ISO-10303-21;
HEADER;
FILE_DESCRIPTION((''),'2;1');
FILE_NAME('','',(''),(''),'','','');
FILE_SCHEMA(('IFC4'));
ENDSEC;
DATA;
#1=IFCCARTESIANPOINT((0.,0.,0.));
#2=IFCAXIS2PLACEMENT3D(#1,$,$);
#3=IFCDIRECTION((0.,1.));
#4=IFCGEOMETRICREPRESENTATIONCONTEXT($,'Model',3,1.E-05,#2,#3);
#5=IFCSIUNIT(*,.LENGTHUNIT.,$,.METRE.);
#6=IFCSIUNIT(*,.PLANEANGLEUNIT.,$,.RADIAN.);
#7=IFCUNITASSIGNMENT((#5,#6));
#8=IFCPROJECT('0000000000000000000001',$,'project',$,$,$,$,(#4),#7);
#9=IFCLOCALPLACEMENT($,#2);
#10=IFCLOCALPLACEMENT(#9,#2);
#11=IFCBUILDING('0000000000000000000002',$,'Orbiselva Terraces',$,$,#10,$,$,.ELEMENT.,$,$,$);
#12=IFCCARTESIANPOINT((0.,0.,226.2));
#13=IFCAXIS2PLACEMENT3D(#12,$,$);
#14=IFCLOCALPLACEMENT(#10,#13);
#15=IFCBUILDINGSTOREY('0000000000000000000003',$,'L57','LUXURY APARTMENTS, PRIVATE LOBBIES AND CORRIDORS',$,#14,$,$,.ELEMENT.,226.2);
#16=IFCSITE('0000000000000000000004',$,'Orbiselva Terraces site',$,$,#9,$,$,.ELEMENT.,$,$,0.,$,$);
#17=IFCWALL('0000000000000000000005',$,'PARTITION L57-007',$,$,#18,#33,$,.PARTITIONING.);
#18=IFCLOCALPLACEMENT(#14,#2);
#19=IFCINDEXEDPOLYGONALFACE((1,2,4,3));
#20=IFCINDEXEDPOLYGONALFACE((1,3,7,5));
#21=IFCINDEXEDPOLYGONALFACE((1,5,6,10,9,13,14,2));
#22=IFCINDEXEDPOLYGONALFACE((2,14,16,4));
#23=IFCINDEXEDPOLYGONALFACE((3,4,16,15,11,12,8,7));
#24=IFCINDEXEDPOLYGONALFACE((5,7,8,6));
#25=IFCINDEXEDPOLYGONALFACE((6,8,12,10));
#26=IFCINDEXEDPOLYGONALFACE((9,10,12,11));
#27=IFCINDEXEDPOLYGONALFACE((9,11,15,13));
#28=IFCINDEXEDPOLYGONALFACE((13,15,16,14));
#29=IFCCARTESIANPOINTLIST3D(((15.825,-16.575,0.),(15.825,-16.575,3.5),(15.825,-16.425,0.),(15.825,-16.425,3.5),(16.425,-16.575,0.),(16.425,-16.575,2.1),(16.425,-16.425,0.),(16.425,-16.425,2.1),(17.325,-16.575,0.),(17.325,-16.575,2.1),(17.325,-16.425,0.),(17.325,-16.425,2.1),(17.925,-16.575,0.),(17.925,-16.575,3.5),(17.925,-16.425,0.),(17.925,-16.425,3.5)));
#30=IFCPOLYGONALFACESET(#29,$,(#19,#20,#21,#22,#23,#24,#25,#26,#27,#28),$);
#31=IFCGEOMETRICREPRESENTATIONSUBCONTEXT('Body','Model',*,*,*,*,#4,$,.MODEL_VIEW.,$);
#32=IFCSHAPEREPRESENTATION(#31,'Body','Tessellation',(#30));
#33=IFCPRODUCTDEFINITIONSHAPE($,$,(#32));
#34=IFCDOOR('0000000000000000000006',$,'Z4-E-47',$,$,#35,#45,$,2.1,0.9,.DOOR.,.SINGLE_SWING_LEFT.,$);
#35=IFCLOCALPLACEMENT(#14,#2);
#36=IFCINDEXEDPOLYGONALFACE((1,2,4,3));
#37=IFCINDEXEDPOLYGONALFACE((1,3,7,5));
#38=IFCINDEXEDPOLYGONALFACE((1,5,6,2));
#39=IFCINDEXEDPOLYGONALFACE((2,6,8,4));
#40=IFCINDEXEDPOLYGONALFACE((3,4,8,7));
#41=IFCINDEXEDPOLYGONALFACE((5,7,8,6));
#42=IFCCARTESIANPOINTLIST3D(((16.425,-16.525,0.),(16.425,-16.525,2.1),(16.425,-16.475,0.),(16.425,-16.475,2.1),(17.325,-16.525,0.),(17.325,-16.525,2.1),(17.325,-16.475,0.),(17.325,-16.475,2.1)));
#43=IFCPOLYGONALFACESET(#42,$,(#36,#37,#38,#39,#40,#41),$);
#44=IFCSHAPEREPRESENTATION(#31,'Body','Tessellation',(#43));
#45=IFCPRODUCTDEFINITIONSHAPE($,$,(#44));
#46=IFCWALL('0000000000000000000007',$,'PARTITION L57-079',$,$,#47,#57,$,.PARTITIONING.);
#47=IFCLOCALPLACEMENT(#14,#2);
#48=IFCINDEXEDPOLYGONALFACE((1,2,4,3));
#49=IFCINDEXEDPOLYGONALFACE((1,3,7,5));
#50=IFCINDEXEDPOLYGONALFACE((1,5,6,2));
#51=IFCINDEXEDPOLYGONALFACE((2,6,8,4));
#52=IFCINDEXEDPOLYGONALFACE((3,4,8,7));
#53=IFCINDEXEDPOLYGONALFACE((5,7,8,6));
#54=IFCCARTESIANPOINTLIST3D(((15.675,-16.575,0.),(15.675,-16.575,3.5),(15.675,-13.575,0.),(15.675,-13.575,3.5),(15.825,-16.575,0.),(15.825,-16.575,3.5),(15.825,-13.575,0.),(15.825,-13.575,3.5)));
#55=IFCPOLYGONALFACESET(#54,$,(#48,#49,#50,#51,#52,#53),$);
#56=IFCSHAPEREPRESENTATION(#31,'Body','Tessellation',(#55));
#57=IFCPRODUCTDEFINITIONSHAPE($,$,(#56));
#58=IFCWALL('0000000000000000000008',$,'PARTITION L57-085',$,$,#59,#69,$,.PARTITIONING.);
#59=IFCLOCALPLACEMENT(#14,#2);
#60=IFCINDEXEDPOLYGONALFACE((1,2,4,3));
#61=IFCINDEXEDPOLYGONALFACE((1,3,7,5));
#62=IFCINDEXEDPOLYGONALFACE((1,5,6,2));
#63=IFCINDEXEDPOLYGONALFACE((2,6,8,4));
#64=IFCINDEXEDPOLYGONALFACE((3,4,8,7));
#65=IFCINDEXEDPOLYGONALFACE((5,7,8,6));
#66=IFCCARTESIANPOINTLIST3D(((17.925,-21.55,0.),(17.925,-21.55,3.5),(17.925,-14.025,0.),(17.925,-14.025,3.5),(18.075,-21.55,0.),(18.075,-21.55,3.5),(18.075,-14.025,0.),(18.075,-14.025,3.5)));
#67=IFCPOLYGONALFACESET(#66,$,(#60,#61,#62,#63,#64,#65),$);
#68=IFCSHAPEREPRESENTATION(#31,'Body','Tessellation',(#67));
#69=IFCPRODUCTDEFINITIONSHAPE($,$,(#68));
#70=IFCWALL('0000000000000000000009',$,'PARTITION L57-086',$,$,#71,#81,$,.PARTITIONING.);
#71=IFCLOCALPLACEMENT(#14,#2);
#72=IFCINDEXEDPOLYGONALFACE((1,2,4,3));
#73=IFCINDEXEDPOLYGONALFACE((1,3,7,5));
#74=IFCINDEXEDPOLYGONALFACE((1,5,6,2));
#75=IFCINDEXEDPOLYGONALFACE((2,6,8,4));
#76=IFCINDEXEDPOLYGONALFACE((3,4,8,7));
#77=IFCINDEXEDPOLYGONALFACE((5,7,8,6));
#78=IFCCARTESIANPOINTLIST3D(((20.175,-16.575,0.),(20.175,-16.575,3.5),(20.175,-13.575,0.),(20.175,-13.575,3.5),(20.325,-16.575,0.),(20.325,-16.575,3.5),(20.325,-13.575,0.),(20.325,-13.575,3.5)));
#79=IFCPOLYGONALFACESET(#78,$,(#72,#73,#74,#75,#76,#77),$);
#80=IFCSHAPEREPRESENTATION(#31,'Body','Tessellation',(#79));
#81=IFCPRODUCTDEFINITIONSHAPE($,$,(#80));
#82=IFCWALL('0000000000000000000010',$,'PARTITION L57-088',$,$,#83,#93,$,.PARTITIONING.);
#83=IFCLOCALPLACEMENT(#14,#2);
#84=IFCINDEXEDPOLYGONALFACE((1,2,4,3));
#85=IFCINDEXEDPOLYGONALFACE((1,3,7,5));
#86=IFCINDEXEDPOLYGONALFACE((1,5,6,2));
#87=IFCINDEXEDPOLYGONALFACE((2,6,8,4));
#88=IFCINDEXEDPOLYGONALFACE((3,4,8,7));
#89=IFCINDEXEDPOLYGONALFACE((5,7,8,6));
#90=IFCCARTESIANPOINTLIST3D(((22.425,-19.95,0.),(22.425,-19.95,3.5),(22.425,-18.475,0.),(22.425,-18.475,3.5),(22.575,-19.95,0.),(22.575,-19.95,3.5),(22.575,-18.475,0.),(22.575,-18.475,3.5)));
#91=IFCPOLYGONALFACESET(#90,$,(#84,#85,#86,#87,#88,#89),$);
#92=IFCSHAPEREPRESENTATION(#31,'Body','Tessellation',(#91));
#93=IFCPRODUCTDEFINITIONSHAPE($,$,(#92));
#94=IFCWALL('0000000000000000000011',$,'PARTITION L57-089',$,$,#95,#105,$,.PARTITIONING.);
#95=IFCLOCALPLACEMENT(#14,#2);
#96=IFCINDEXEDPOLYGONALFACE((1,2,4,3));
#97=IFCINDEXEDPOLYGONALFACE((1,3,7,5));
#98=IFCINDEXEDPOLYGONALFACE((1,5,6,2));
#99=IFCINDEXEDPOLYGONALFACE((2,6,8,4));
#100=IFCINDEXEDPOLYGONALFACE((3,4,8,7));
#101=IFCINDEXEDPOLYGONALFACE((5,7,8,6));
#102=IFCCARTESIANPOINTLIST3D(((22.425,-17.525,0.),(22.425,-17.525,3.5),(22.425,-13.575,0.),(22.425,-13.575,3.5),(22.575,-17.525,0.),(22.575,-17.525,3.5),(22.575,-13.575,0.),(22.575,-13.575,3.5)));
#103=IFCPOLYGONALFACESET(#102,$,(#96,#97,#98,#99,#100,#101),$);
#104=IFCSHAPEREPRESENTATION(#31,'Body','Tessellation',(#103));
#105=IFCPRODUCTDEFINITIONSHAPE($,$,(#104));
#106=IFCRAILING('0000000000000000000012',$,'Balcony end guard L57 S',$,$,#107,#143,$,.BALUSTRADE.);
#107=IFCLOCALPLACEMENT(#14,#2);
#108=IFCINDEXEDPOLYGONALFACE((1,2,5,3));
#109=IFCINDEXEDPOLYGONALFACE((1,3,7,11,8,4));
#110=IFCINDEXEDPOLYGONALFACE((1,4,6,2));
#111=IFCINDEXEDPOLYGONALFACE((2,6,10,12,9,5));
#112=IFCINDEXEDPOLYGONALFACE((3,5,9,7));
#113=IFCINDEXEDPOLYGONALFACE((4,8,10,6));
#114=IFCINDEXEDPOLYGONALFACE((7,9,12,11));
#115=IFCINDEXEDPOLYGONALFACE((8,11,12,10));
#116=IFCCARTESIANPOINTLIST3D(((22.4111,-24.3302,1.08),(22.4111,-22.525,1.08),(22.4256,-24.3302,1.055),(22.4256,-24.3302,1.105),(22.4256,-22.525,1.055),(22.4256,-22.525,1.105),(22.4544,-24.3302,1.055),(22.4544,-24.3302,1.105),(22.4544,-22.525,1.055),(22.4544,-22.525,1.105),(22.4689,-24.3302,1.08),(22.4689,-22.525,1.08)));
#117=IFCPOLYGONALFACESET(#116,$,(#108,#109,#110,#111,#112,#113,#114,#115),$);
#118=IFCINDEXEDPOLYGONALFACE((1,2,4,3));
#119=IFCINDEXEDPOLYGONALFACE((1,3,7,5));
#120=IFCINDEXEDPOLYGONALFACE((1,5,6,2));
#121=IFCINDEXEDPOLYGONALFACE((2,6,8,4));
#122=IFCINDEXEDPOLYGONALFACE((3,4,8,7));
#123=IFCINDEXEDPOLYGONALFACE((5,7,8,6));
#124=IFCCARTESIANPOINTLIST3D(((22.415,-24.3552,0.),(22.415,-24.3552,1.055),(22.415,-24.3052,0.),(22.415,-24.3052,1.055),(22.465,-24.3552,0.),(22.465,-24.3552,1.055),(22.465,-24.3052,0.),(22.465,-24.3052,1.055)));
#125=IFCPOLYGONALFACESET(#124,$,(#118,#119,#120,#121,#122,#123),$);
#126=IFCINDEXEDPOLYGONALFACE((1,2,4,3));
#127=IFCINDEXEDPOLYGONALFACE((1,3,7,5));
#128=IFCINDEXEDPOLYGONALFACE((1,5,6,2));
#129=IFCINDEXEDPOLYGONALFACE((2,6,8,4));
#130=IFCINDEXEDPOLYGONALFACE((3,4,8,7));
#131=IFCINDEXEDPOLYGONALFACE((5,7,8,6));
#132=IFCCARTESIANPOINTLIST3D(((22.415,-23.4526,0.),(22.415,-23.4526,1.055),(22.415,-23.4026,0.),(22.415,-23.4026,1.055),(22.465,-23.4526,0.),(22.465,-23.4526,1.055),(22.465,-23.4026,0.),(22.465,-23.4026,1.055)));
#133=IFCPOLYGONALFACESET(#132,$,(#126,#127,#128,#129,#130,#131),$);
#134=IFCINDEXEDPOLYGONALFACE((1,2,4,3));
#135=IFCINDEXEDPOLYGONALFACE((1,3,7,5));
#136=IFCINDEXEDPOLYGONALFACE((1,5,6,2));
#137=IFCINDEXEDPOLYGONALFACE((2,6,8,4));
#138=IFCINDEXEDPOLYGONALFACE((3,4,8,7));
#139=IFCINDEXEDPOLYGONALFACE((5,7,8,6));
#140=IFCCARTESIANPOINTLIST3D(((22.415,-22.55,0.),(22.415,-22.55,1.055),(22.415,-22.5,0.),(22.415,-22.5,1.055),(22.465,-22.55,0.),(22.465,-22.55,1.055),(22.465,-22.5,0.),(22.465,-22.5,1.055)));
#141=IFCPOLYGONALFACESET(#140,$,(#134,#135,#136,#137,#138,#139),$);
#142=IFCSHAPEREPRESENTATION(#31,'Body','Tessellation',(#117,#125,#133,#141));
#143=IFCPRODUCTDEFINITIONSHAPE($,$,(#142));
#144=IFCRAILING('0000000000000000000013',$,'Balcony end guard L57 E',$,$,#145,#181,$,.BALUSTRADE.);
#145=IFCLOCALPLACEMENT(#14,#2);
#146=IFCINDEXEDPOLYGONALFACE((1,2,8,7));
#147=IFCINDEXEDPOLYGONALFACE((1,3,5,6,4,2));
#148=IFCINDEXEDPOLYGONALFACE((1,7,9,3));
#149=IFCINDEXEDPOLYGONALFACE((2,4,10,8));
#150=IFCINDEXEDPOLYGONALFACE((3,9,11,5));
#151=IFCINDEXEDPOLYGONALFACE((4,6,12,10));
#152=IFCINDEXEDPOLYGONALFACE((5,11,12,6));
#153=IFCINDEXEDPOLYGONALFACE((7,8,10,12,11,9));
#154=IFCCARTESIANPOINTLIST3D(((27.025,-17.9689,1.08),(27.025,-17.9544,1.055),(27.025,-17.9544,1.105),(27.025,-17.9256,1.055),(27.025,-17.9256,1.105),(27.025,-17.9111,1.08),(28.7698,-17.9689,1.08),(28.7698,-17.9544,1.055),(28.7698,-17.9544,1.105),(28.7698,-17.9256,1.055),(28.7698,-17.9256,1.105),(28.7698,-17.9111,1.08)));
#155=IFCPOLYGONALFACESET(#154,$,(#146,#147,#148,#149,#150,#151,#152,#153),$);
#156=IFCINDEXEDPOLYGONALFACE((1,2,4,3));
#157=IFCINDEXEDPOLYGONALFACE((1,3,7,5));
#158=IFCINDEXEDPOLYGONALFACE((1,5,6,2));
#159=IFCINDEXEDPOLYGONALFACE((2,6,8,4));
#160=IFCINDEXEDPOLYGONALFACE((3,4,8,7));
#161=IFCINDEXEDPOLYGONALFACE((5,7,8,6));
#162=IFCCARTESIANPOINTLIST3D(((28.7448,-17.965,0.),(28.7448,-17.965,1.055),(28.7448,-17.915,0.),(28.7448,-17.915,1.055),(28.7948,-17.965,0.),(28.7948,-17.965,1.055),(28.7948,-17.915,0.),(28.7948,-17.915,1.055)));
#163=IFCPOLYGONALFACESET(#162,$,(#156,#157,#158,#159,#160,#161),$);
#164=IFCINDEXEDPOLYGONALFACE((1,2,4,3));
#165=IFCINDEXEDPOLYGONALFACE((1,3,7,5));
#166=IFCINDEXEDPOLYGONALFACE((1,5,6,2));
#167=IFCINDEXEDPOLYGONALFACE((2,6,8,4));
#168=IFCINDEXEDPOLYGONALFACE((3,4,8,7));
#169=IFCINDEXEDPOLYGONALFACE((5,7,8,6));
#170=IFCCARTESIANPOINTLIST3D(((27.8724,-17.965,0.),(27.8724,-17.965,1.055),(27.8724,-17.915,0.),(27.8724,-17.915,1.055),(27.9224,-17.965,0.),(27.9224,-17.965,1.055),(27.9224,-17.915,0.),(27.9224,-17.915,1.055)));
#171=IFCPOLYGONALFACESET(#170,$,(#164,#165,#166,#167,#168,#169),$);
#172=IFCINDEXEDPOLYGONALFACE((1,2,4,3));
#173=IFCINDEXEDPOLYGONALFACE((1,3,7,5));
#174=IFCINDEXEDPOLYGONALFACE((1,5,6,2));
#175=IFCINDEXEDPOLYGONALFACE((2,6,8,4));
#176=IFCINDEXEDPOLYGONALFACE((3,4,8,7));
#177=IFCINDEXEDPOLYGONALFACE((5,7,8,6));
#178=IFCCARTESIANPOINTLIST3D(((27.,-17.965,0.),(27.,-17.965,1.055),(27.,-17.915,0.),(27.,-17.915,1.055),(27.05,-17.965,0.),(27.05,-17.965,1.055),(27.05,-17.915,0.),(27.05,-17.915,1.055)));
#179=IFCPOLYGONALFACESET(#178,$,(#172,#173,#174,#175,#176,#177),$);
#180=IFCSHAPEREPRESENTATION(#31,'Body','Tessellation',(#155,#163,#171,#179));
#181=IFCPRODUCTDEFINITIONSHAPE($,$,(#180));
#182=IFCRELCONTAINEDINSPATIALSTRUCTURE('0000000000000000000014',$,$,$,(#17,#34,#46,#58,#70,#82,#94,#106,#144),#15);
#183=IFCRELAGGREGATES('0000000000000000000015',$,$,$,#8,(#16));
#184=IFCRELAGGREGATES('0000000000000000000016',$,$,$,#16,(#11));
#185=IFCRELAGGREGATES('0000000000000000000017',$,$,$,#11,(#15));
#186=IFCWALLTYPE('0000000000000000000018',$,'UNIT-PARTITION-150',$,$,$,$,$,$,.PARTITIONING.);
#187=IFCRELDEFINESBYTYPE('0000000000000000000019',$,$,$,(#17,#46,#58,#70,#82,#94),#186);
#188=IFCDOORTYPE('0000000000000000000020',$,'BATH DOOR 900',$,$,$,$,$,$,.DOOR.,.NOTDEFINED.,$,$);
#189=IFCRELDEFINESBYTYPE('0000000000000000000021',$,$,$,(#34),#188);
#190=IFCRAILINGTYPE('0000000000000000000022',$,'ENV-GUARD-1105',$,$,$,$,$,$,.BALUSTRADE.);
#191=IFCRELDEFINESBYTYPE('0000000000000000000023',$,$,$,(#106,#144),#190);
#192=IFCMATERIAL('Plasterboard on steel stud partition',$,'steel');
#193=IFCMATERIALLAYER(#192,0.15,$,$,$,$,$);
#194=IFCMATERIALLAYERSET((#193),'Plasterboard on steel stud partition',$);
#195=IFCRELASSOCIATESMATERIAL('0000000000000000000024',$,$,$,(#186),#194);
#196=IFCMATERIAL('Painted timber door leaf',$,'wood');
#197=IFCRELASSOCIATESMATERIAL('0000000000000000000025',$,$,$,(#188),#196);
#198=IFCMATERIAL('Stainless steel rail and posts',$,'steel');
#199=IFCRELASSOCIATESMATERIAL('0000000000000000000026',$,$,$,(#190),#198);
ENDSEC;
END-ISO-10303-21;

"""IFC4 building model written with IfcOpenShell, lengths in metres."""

from ifc_helpers import new_model, si_unit, direction, frame, frame_2d, origin, origin_2d, place, context, subcontext, project, spatial, polyline, rectangle, outline, extrude, material, layer, layer_set, type_object, element, fill, save


model = new_model("IFC4")

# Units and contexts
model_context = context("Model", 3, precision=1e-05, world=origin(), true_north=direction((0.0, 1.0)))
body_context = subcontext(model_context, "Body", "Model", "MODEL_VIEW")
ifc_project = project(units=[si_unit("LENGTHUNIT", "METRE"), si_unit("PLANEANGLEUNIT", "RADIAN")], contexts=[model_context])

# Site, building, storey
site_placement = place(None, origin())
site = spatial("IfcSite", under=ifc_project, at=site_placement, Name="Orbiselva Terraces site", CompositionType="ELEMENT", RefElevation=0.0)
building_placement = place(site_placement, origin())
building = spatial("IfcBuilding", under=site, at=building_placement, Name="Orbiselva Terraces", CompositionType="ELEMENT")
storey_placement = place(building_placement, frame((0.0, 0.0, 226.2)))
storey = spatial("IfcBuildingStorey", under=building, at=storey_placement, Name="L57", Description="LUXURY APARTMENTS, PRIVATE LOBBIES AND CORRIDORS", CompositionType="ELEMENT", Elevation=226.2)

# Wall, opening, door
ifc_material_1 = material(Name="Plasterboard on steel stud partition", Category="steel")
ifc_layer_1 = layer(ifc_material_1, 0.15)
ifc_layer_set_1 = layer_set([ifc_layer_1], Name="Plasterboard on steel stud partition")
wall_type_1 = type_object("IfcWallType", Name="UNIT-PARTITION-150", PredefinedType="PARTITIONING", material=ifc_layer_set_1)
wall_1_placement = place(storey_placement, frame((15.825, -16.5, 0.0), z_axis=(0.0, 0.0, 1.0), x_axis=(1.0, 0.0, 0.0)))
wall_1 = element("IfcWall", 1, at=wall_1_placement, inside=storey, type_object=wall_type_1, Name="PARTITION L57-007", PredefinedType="PARTITIONING", context=body_context, shape_type="SweptSolid", body=[
    extrude(rectangle(XDim=2.1, YDim=0.15, at=frame_2d((1.05, 0.0))), origin(), (0.0, 0.0, 1.0), 3.5),
])
opening_1_placement = place(wall_1_placement, frame((0.6, 0.0, 0.0)))
opening_1 = element("IfcOpeningElement", 2, at=opening_1_placement, cuts=wall_1, PredefinedType="OPENING", context=body_context, shape_type="SweptSolid", body=[
    extrude(rectangle(XDim=0.9, YDim=2.1, at=frame_2d((0.45, 1.05))), frame((0.0, 0.085, 0.0), z_axis=(0.0, -1.0, 0.0), x_axis=(1.0, 0.0, 0.0)), (0.0, 0.0, 1.0), 0.17),
])
ifc_material_2 = material(Name="Painted timber door leaf", Category="wood")
door_type_1 = type_object("IfcDoorType", Name="BATH DOOR 900", OperationType="NOTDEFINED", PredefinedType="DOOR", material=ifc_material_2)
door_1_placement = place(opening_1_placement, origin())
door_1 = element("IfcDoor", 3, at=door_1_placement, inside=storey, type_object=door_type_1, Name="Z4-E-47", OperationType="SINGLE_SWING_LEFT", OverallHeight=2.1, OverallWidth=0.9, PredefinedType="DOOR", context=body_context, shape_type="SweptSolid", body=[
    extrude(rectangle(XDim=0.9, YDim=2.1, at=frame_2d((0.45, 1.05))), frame((0.0, 0.025, 0.0), z_axis=(0.0, -1.0, 0.0), x_axis=(1.0, 0.0, 0.0)), (0.0, 0.0, 1.0), 0.05),
])
fill(opening_1, door_1)

# Walls
wall_2_placement = place(storey_placement, frame((15.75, -16.575, 0.0), z_axis=(0.0, 0.0, 1.0), x_axis=(0.0, 1.0, 0.0)))
element("IfcWall", 4, at=wall_2_placement, inside=storey, type_object=wall_type_1, Name="PARTITION L57-079", PredefinedType="PARTITIONING", context=body_context, shape_type="SweptSolid", body=[
    extrude(rectangle(XDim=3.0, YDim=0.15, at=frame_2d((1.5, 0.0))), origin(), (0.0, 0.0, 1.0), 3.5),
])
wall_3_placement = place(storey_placement, frame((18.0, -21.55, 0.0), z_axis=(0.0, 0.0, 1.0), x_axis=(0.0, 1.0, 0.0)))
element("IfcWall", 5, at=wall_3_placement, inside=storey, type_object=wall_type_1, Name="PARTITION L57-085", PredefinedType="PARTITIONING", context=body_context, shape_type="SweptSolid", body=[
    extrude(rectangle(XDim=7.525, YDim=0.15, at=frame_2d((3.7625, 0.0))), origin(), (0.0, 0.0, 1.0), 3.5),
])
wall_4_placement = place(storey_placement, frame((20.25, -16.575, 0.0), z_axis=(0.0, 0.0, 1.0), x_axis=(0.0, 1.0, 0.0)))
element("IfcWall", 6, at=wall_4_placement, inside=storey, type_object=wall_type_1, Name="PARTITION L57-086", PredefinedType="PARTITIONING", context=body_context, shape_type="SweptSolid", body=[
    extrude(rectangle(XDim=3.0, YDim=0.15, at=frame_2d((1.5, 0.0))), origin(), (0.0, 0.0, 1.0), 3.5),
])
wall_5_placement = place(storey_placement, frame((22.5, -19.95, 0.0), z_axis=(0.0, 0.0, 1.0), x_axis=(0.0, 1.0, 0.0)))
element("IfcWall", 7, at=wall_5_placement, inside=storey, type_object=wall_type_1, Name="PARTITION L57-088", PredefinedType="PARTITIONING", context=body_context, shape_type="SweptSolid", body=[
    extrude(rectangle(XDim=1.475, YDim=0.15, at=frame_2d((0.7375, 0.0))), origin(), (0.0, 0.0, 1.0), 3.5),
])
wall_6_placement = place(storey_placement, frame((22.5, -17.525, 0.0), z_axis=(0.0, 0.0, 1.0), x_axis=(0.0, 1.0, 0.0)))
element("IfcWall", 8, at=wall_6_placement, inside=storey, type_object=wall_type_1, Name="PARTITION L57-089", PredefinedType="PARTITIONING", context=body_context, shape_type="SweptSolid", body=[
    extrude(rectangle(XDim=3.95, YDim=0.15, at=frame_2d((1.975, 0.0))), origin(), (0.0, 0.0, 1.0), 3.5),
])

# Railings
ifc_material_3 = material(Name="Stainless steel rail and posts", Category="steel")
railing_type_1 = type_object("IfcRailingType", Name="ENV-GUARD-1105", PredefinedType="BALUSTRADE", material=ifc_material_3)
railing_1_placement = place(storey_placement, frame((22.44, -24.3302, 0.0)))
element("IfcRailing", 9, at=railing_1_placement, inside=storey, type_object=railing_type_1, Name="Balcony end guard L57 S", PredefinedType="BALUSTRADE", context=body_context, shape_type="SweptSolid", body=[
    extrude(outline(polyline([(0.0289, 0.0), (0.0144, 0.025), (-0.0144, 0.025), (-0.0289, 0.0), (-0.0144, -0.025), (0.0144, -0.025), (0.0289, 0.0)])), frame((0.0, 0.0, 1.08), z_axis=(0.0, 1.0, 0.0), x_axis=(-1.0, 0.0, 0.0)), (0.0, 0.0, 1.0), 1.8052),
    extrude(rectangle(XDim=0.05, YDim=0.05, at=origin_2d()), origin(), (0.0, 0.0, 1.0), 1.055),
    extrude(rectangle(XDim=0.05, YDim=0.05, at=origin_2d()), frame((0.0, 0.9026, 0.0)), (0.0, 0.0, 1.0), 1.055),
    extrude(rectangle(XDim=0.05, YDim=0.05, at=origin_2d()), frame((0.0, 1.8052, 0.0)), (0.0, 0.0, 1.0), 1.055),
])
railing_2_placement = place(storey_placement, frame((28.7698, -17.94, 0.0)))
element("IfcRailing", 10, at=railing_2_placement, inside=storey, type_object=railing_type_1, Name="Balcony end guard L57 E", PredefinedType="BALUSTRADE", context=body_context, shape_type="SweptSolid", body=[
    extrude(outline(polyline([(0.0289, 0.0), (0.0144, 0.025), (-0.0144, 0.025), (-0.0289, 0.0), (-0.0144, -0.025), (0.0144, -0.025), (0.0289, 0.0)])), frame((0.0, 0.0, 1.08), z_axis=(-1.0, 0.0, 0.0), x_axis=(0.0, -1.0, 0.0)), (0.0, 0.0, 1.0), 1.7448),
    extrude(rectangle(XDim=0.05, YDim=0.05, at=origin_2d()), origin(), (0.0, 0.0, 1.0), 1.055),
    extrude(rectangle(XDim=0.05, YDim=0.05, at=origin_2d()), frame((-0.8724, 0.0, 0.0)), (0.0, 0.0, 1.0), 1.055),
    extrude(rectangle(XDim=0.05, YDim=0.05, at=origin_2d()), frame((-1.7448, 0.0, 0.0)), (0.0, 0.0, 1.0), 1.055),
])

save(model, "model.ifc")
